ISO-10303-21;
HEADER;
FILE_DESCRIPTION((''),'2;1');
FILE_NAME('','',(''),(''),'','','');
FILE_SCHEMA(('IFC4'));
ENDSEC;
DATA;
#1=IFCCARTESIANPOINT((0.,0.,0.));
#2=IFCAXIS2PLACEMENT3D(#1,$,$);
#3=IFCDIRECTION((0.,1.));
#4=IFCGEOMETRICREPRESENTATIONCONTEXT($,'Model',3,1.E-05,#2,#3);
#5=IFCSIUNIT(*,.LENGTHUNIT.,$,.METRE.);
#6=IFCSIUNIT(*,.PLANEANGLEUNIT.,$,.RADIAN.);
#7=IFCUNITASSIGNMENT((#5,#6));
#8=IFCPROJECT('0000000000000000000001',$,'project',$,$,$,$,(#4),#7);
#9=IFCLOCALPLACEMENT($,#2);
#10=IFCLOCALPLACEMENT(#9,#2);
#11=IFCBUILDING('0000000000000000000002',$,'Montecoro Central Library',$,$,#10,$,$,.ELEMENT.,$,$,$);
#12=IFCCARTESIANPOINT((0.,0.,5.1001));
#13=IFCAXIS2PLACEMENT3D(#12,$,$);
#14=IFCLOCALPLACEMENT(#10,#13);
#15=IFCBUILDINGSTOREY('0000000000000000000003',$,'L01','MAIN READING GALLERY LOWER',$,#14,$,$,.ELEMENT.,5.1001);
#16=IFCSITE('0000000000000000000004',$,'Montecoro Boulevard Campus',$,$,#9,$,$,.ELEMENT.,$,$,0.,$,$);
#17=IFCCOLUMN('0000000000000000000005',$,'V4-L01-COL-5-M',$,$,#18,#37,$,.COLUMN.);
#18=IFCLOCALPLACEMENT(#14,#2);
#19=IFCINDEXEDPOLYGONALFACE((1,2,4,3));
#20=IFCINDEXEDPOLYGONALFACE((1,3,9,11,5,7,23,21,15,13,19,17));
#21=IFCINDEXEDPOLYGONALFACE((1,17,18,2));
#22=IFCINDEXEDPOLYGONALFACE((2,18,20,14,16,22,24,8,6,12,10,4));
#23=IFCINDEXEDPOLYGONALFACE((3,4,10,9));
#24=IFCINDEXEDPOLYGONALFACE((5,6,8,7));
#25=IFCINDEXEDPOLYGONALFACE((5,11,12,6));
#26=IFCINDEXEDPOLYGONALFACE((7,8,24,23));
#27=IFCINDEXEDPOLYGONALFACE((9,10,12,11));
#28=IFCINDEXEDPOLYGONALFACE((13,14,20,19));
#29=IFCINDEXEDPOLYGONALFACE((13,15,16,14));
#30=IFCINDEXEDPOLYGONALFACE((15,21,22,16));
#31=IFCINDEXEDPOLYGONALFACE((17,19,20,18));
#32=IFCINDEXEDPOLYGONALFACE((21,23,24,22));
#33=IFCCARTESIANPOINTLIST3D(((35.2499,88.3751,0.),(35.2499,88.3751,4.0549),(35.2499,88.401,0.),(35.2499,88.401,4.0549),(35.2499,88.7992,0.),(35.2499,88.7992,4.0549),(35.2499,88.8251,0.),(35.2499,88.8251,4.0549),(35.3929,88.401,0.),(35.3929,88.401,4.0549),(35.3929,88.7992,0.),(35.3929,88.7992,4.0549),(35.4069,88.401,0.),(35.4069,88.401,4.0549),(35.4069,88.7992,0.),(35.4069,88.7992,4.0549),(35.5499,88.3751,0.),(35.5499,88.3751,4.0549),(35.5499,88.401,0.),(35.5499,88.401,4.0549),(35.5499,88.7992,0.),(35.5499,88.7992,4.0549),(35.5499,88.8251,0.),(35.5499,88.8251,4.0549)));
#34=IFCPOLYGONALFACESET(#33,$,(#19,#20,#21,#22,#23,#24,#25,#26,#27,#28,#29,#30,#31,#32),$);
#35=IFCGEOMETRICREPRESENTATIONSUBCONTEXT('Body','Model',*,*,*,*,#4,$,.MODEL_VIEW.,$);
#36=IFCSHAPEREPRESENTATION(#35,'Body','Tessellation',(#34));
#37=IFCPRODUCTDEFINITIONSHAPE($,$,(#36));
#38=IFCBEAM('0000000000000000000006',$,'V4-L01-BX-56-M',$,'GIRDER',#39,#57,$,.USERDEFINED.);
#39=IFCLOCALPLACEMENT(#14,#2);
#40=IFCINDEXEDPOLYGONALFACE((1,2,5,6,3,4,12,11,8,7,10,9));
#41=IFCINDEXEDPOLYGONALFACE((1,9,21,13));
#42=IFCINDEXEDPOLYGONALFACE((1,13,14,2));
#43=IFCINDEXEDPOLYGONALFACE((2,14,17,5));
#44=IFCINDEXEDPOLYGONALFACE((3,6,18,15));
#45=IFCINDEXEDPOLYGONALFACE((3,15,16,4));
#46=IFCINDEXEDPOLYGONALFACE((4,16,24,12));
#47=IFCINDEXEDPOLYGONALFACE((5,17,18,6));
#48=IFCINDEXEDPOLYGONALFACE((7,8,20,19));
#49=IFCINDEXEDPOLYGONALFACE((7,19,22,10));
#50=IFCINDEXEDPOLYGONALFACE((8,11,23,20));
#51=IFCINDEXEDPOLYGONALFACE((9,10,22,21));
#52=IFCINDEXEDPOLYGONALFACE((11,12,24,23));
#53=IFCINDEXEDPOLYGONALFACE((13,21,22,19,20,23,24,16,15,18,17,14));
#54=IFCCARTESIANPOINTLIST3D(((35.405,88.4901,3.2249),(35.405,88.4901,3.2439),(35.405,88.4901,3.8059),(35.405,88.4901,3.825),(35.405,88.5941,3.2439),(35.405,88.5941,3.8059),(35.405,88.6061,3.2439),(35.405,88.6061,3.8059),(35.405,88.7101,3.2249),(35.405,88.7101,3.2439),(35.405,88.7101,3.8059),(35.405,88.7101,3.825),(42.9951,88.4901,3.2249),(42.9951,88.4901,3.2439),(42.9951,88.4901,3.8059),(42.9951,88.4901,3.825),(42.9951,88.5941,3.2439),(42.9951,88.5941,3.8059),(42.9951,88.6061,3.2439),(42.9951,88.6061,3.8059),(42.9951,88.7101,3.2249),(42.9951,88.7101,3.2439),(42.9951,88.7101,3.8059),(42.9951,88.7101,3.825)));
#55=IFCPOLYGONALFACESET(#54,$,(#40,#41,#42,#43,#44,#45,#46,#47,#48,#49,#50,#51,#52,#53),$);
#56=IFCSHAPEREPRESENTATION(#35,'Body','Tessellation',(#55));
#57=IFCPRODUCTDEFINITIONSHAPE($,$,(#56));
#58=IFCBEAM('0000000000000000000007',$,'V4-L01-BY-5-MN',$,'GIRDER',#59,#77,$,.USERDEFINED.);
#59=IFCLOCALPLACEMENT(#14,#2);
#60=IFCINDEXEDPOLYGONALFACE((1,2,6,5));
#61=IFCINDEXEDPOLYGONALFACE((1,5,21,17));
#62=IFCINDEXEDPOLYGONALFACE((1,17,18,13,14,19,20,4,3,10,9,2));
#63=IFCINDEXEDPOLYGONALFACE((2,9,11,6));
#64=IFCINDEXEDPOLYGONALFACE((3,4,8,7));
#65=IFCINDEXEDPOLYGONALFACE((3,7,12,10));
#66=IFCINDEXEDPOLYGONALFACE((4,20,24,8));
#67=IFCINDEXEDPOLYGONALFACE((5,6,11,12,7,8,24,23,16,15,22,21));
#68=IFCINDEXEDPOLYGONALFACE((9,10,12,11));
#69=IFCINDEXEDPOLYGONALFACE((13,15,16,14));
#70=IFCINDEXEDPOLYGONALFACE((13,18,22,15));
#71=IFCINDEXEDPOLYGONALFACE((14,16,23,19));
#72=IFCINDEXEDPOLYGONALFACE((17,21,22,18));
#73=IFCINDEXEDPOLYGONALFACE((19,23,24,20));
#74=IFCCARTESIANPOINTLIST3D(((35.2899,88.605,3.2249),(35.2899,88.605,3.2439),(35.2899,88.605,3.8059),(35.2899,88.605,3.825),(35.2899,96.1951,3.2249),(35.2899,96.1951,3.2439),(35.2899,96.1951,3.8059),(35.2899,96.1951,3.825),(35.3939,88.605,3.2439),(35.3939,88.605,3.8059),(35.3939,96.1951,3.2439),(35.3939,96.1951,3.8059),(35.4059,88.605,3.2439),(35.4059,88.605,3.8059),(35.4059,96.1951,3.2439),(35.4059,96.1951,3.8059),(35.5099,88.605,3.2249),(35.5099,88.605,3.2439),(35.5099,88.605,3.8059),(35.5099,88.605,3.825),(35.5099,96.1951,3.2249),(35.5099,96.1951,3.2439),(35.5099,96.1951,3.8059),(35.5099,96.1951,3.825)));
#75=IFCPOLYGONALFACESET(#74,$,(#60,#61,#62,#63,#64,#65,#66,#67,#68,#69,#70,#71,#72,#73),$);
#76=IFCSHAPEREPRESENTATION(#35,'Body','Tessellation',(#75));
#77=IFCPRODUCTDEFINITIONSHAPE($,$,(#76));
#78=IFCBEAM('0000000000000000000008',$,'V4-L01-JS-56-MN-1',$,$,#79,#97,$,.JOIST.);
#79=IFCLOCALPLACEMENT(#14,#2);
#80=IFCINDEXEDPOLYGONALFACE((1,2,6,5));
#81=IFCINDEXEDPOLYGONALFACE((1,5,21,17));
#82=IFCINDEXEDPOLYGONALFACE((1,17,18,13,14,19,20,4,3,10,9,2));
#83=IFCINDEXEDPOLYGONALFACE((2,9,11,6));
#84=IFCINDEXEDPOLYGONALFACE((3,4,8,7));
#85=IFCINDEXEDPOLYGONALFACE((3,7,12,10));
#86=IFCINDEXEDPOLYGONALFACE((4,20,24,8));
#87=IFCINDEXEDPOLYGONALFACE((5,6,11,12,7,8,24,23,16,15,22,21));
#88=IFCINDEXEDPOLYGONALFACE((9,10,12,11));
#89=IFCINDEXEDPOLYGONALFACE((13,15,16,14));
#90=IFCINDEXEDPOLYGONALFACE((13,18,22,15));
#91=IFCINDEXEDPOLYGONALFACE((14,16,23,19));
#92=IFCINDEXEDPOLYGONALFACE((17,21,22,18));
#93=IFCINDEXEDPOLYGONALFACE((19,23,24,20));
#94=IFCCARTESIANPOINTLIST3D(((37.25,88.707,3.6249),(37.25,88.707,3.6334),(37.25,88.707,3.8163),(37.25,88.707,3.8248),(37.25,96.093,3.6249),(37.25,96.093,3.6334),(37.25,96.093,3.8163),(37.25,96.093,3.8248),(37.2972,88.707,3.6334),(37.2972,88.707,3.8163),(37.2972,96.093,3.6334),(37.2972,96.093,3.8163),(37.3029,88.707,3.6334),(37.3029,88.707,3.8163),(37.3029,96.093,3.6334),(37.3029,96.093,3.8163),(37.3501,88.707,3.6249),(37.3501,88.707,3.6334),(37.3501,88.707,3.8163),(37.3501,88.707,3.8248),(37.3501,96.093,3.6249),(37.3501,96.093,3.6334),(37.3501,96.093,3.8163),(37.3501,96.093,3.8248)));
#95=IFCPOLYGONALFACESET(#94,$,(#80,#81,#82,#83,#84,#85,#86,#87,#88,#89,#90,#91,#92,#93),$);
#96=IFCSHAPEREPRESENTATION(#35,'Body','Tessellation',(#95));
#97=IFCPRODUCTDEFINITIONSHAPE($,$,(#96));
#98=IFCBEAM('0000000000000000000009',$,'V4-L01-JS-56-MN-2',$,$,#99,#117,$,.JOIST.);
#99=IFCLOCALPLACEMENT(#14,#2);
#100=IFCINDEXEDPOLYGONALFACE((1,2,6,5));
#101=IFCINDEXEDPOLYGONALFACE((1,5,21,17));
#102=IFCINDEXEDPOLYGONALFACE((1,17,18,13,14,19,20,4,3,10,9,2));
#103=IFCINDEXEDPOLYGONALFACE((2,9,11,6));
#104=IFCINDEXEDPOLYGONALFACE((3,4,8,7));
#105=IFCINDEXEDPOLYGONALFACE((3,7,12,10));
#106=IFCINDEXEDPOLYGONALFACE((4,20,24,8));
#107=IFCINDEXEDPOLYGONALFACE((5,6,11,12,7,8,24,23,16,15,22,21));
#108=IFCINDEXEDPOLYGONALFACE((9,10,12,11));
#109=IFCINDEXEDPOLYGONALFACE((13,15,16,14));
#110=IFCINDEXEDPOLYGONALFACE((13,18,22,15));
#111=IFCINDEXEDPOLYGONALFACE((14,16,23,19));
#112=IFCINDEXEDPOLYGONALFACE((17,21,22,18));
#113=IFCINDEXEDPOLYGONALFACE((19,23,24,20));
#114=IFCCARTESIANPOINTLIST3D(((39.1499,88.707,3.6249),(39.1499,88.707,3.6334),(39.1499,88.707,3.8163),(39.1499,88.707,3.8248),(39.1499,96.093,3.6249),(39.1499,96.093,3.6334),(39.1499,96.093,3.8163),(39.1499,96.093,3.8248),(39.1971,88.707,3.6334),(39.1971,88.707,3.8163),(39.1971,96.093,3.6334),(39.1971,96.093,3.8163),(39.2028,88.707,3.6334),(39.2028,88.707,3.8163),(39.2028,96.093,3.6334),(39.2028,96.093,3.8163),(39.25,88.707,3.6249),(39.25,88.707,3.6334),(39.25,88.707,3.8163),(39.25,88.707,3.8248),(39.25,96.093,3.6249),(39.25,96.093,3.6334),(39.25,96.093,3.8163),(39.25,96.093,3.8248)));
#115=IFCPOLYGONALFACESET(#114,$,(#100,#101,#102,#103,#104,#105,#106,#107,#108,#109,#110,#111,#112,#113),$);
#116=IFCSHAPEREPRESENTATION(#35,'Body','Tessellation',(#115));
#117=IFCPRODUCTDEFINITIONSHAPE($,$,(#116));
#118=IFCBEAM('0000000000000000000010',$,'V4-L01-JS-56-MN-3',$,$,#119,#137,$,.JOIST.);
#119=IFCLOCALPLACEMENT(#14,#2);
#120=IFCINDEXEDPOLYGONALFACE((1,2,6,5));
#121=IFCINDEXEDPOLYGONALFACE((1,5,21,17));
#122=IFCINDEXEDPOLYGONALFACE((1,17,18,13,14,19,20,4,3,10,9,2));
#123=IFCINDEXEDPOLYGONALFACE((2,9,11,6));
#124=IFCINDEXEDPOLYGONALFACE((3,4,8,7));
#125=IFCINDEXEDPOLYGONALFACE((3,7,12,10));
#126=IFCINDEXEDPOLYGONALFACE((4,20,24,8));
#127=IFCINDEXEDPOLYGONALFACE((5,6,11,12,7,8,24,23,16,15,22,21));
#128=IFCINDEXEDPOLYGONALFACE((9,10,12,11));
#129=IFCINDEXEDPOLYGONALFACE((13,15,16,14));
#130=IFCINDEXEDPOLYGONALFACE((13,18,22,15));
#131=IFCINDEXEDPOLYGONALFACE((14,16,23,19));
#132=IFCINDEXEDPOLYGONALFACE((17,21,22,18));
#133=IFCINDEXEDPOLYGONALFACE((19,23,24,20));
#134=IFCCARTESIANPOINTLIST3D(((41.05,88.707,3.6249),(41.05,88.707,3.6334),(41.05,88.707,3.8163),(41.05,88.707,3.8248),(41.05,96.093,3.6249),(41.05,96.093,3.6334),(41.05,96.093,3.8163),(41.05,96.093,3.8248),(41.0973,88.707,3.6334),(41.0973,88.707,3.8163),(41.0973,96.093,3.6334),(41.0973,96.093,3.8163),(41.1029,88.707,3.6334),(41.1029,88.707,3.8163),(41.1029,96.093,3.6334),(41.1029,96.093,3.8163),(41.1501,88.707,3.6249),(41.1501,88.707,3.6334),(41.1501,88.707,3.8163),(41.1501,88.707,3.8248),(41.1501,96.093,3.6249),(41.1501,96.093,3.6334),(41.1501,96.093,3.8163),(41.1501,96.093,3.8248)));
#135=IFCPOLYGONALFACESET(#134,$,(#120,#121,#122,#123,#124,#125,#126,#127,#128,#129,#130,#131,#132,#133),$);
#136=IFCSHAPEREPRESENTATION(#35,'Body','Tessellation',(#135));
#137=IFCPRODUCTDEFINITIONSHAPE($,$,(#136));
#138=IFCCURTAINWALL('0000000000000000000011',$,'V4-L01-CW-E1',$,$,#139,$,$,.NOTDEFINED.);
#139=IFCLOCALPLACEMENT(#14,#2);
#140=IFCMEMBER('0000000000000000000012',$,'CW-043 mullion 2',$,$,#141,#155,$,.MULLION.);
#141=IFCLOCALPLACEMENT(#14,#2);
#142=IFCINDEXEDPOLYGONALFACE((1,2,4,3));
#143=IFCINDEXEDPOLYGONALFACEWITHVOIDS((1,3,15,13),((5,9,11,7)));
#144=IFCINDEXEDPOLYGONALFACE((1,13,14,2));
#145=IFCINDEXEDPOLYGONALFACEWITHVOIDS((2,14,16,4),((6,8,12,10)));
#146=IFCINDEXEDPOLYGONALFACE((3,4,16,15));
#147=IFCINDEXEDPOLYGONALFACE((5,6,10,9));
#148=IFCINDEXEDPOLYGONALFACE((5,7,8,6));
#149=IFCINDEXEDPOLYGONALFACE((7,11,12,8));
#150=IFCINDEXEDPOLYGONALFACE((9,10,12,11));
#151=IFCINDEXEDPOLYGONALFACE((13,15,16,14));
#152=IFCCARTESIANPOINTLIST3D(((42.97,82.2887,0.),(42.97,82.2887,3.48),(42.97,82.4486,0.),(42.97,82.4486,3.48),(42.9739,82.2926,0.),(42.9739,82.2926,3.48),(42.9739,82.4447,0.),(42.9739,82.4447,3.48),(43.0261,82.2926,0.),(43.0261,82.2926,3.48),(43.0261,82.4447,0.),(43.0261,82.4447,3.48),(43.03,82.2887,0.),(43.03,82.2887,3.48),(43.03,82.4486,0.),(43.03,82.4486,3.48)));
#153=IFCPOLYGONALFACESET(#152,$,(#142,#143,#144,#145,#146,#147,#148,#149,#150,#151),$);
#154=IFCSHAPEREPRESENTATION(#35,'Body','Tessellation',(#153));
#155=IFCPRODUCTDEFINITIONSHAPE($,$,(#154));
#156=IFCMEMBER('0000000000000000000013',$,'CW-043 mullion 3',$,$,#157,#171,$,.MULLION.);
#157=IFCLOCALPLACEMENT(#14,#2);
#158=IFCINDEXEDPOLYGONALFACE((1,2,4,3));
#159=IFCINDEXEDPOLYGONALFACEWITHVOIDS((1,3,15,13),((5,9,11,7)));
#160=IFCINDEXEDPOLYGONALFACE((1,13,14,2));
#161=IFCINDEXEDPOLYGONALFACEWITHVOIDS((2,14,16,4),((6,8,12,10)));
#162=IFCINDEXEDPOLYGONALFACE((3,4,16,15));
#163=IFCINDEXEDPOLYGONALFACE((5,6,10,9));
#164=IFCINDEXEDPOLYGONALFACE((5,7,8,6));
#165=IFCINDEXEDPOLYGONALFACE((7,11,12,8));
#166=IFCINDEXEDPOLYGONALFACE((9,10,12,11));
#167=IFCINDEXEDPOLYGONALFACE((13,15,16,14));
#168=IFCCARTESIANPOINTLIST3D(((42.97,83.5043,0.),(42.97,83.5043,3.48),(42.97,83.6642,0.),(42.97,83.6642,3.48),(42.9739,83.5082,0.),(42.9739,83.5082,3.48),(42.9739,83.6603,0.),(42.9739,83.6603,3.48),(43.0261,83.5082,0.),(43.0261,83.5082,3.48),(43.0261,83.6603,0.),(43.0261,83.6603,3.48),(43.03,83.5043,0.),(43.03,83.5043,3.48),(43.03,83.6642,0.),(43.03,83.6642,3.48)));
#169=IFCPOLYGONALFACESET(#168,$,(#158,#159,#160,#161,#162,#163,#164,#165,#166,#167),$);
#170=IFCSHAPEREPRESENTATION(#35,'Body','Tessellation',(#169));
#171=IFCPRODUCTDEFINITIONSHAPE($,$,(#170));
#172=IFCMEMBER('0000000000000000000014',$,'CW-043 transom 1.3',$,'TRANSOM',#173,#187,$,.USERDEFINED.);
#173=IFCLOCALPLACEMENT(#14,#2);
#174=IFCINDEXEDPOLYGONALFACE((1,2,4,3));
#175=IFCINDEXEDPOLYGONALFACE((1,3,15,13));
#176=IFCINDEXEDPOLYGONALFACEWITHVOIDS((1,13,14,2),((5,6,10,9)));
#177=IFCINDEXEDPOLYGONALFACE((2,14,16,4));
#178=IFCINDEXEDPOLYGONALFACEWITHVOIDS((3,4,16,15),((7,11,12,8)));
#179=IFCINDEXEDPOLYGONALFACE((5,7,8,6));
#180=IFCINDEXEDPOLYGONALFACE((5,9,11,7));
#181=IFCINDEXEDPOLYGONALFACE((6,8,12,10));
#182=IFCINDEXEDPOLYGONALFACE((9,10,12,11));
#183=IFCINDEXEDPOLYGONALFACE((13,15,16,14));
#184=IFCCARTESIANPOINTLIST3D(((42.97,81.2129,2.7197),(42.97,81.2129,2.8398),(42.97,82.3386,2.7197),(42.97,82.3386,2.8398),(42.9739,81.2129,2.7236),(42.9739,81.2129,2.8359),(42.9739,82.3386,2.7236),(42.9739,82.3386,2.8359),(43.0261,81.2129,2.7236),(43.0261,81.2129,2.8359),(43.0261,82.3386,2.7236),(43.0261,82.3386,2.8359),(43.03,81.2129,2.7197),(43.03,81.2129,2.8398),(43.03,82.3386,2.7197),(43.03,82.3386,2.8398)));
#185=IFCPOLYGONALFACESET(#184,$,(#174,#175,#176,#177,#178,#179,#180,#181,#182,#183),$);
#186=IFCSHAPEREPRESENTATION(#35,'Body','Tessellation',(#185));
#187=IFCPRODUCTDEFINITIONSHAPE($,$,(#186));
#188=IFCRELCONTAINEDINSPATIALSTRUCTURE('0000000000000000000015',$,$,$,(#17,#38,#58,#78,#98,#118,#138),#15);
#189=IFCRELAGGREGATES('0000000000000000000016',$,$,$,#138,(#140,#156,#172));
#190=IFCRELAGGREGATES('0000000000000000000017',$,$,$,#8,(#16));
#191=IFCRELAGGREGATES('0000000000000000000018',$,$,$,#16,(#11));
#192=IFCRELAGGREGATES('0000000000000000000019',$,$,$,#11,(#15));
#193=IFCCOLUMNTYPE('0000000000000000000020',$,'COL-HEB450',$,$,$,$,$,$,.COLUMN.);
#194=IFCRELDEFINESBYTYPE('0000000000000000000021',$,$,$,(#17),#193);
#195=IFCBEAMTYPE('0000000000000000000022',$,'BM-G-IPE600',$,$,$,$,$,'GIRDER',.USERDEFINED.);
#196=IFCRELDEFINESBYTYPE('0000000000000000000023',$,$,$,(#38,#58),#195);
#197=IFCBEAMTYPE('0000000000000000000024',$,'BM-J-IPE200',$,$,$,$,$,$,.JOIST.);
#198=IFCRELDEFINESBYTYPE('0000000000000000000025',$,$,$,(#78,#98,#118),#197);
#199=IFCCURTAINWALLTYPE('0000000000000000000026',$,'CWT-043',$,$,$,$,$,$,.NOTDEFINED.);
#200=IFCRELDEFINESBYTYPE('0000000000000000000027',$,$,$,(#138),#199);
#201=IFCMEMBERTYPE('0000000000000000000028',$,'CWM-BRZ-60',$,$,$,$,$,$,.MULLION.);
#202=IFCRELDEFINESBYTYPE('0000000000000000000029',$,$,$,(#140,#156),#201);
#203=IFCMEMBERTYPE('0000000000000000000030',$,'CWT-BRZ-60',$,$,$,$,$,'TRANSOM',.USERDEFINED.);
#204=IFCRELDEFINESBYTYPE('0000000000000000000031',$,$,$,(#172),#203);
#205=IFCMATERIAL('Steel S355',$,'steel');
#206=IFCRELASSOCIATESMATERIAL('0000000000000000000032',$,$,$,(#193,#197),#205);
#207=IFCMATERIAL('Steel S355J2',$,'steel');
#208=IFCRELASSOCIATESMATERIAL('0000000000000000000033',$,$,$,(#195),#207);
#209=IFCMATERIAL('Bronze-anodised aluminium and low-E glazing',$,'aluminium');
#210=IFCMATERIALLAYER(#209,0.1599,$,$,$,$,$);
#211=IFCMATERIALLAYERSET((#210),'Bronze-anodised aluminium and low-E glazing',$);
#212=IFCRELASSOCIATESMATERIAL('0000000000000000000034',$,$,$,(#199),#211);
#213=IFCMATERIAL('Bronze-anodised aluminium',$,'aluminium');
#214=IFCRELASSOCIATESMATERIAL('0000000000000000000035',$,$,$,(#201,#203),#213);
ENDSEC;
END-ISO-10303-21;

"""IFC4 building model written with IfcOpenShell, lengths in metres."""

from ifc_helpers import new_model, si_unit, direction, frame, origin, origin_2d, place, context, subcontext, project, spatial, hollow_rectangle, i_section, extrude, material, layer, layer_set, material_profile, profile_set, type_object, element, aggregate, save


model = new_model("IFC4")

# Units and contexts
model_context = context("Model", 3, precision=1e-05, world=origin(), true_north=direction((0.0, 1.0)))
body_context = subcontext(model_context, "Body", "Model", "MODEL_VIEW")
ifc_project = project(units=[si_unit("LENGTHUNIT", "METRE"), si_unit("PLANEANGLEUNIT", "RADIAN")], contexts=[model_context])

# Site, building, storey
site_placement = place(None, origin())
site = spatial("IfcSite", under=ifc_project, at=site_placement, Name="Montecoro Boulevard Campus", CompositionType="ELEMENT", RefElevation=0.0)
building_placement = place(site_placement, origin())
building = spatial("IfcBuilding", under=site, at=building_placement, Name="Montecoro Central Library", CompositionType="ELEMENT")
storey_placement = place(building_placement, frame((0.0, 0.0, 5.1001)))
storey = spatial("IfcBuildingStorey", under=building, at=storey_placement, Name="L01", Description="MAIN READING GALLERY LOWER", CompositionType="ELEMENT", Elevation=5.1001)

# Column
ifc_material_1 = material(Name="Steel S355", Category="steel")
ifc_material_profile_1 = material_profile(ifc_material_1, i_section(OverallWidth=0.3, OverallDepth=0.45, WebThickness=0.0139, FlangeThickness=0.0259, at=origin_2d()), Name="HEB 450")
ifc_profile_set_1 = profile_set([ifc_material_profile_1], Name="Steel S355")
column_type = type_object("IfcColumnType", Name="COL-HEB450", PredefinedType="COLUMN", material=ifc_profile_set_1)
column_placement = place(storey_placement, frame((35.3999, 88.6001, 0.0), z_axis=(0.0, 0.0, 1.0), x_axis=(1.0, 0.0, 0.0)))
element("IfcColumn", 1, at=column_placement, inside=storey, type_object=column_type, Name="V4-L01-COL-5-M", PredefinedType="COLUMN", context=body_context, shape_type="SweptSolid", body=[
    extrude(i_section(OverallWidth=0.3, OverallDepth=0.45, WebThickness=0.0139, FlangeThickness=0.0259, at=origin_2d()), origin(), (0.0, 0.0, 1.0), 4.0549),
])

# Beams
ifc_material_2 = material(Name="Steel S355J2", Category="steel")
ifc_material_profile_2 = material_profile(ifc_material_2, i_section(OverallWidth=0.22, OverallDepth=0.6001, WebThickness=0.012, FlangeThickness=0.019, at=origin_2d()), Name="IPE 600")
ifc_profile_set_2 = profile_set([ifc_material_profile_2], Name="Steel S355J2")
beam_type_1 = type_object("IfcBeamType", Name="BM-G-IPE600", ElementType="GIRDER", PredefinedType="USERDEFINED", material=ifc_profile_set_2)
for number, where, z_axis, x_axis, name in (
    (2, (35.405, 88.6001, 3.5249), (1.0, 0.0, 0.0), (0.0, 1.0, 0.0), "V4-L01-BX-56-M"),
    (3, (35.3999, 88.605, 3.5249), (0.0, 1.0, 0.0), (-1.0, 0.0, 0.0), "V4-L01-BY-5-MN"),
):
    element("IfcBeam", number, at=place(storey_placement, frame(where, z_axis=z_axis, x_axis=x_axis)), inside=storey, type_object=beam_type_1, Name=name, ObjectType="GIRDER", PredefinedType="USERDEFINED", context=body_context, shape_type="SweptSolid", body=[
        extrude(i_section(OverallWidth=0.22, OverallDepth=0.6001, WebThickness=0.012, FlangeThickness=0.019, at=origin_2d()), origin(), (0.0, 0.0, 1.0), 7.5901),
    ])
ifc_material_profile_3 = material_profile(ifc_material_1, i_section(OverallWidth=0.1001, OverallDepth=0.2, WebThickness=0.0056, FlangeThickness=0.0085, at=origin_2d()), Name="IPE 200")
ifc_profile_set_3 = profile_set([ifc_material_profile_3], Name="Steel S355")
beam_type_2 = type_object("IfcBeamType", Name="BM-J-IPE200", PredefinedType="JOIST", material=ifc_profile_set_3)
for number, where, z_axis, x_axis, name in (
    (4, (37.3, 88.707, 3.7249), (0.0, 1.0, 0.0), (-1.0, 0.0, 0.0), "V4-L01-JS-56-MN-1"),
    (5, (39.2, 88.707, 3.7249), (0.0, 1.0, 0.0), (-1.0, 0.0, 0.0), "V4-L01-JS-56-MN-2"),
    (6, (41.1001, 88.707, 3.7249), (0.0, 1.0, 0.0), (-1.0, 0.0, 0.0), "V4-L01-JS-56-MN-3"),
):
    element("IfcBeam", number, at=place(storey_placement, frame(where, z_axis=z_axis, x_axis=x_axis)), inside=storey, type_object=beam_type_2, Name=name, PredefinedType="JOIST", context=body_context, shape_type="SweptSolid", body=[
        extrude(i_section(OverallWidth=0.1001, OverallDepth=0.2, WebThickness=0.0056, FlangeThickness=0.0085, at=origin_2d()), origin(), (0.0, 0.0, 1.0), 7.386),
    ])

# Curtain wall, members
ifc_material_3 = material(Name="Bronze-anodised aluminium and low-E glazing", Category="aluminium")
ifc_layer_1 = layer(ifc_material_3, 0.1599)
ifc_layer_set_1 = layer_set([ifc_layer_1], Name="Bronze-anodised aluminium and low-E glazing")
curtain_wall_type = type_object("IfcCurtainWallType", Name="CWT-043", PredefinedType="NOTDEFINED", material=ifc_layer_set_1)
curtain_wall_placement = place(storey_placement, origin())
curtain_wall = element("IfcCurtainWall", 7, at=curtain_wall_placement, inside=storey, type_object=curtain_wall_type, Name="V4-L01-CW-E1", PredefinedType="NOTDEFINED")
ifc_material_4 = material(Name="Bronze-anodised aluminium", Category="aluminium")
ifc_material_profile_4 = material_profile(ifc_material_4, hollow_rectangle(XDim=0.0601, YDim=0.1599, WallThickness=0.0039, at=origin_2d()), Name="CWM 160x60x4.0")
ifc_profile_set_4 = profile_set([ifc_material_profile_4], Name="Bronze-anodised aluminium")
member_type_1 = type_object("IfcMemberType", Name="CWM-BRZ-60", PredefinedType="MULLION", material=ifc_profile_set_4)
member_1_placement = place(storey_placement, frame((43.0, 82.3687, 0.0), z_axis=(0.0, 0.0, 1.0), x_axis=(-1.0, 0.0, 0.0)))
member_1 = element("IfcMember", 8, at=member_1_placement, type_object=member_type_1, Name="CW-043 mullion 2", PredefinedType="MULLION", context=body_context, shape_type="SweptSolid", body=[
    extrude(hollow_rectangle(XDim=0.0601, YDim=0.1599, WallThickness=0.0039, at=origin_2d()), origin(), (0.0, 0.0, 1.0), 3.48),
])
member_2_placement = place(storey_placement, frame((43.0, 83.5842, 0.0), z_axis=(0.0, 0.0, 1.0), x_axis=(-1.0, 0.0, 0.0)))
member_2 = element("IfcMember", 9, at=member_2_placement, type_object=member_type_1, Name="CW-043 mullion 3", PredefinedType="MULLION", context=body_context, shape_type="SweptSolid", body=[
    extrude(hollow_rectangle(XDim=0.0601, YDim=0.1599, WallThickness=0.0039, at=origin_2d()), origin(), (0.0, 0.0, 1.0), 3.48),
])
ifc_material_profile_5 = material_profile(ifc_material_4, hollow_rectangle(XDim=0.0601, YDim=0.1201, WallThickness=0.0039, at=origin_2d()), Name="CWT 120x60x4.0")
ifc_profile_set_5 = profile_set([ifc_material_profile_5], Name="Bronze-anodised aluminium")
member_type_2 = type_object("IfcMemberType", Name="CWT-BRZ-60", ElementType="TRANSOM", PredefinedType="USERDEFINED", material=ifc_profile_set_5)
member_3_placement = place(storey_placement, frame((43.0, 81.2129, 2.7798), z_axis=(0.0, 1.0, 0.0), x_axis=(-1.0, 0.0, 0.0)))
member_3 = element("IfcMember", 10, at=member_3_placement, type_object=member_type_2, Name="CW-043 transom 1.3", ObjectType="TRANSOM", PredefinedType="USERDEFINED", context=body_context, shape_type="SweptSolid", body=[
    extrude(hollow_rectangle(XDim=0.0601, YDim=0.1201, WallThickness=0.0039, at=origin_2d()), origin(), (0.0, 0.0, 1.0), 1.1257),
])
aggregate(curtain_wall, [member_1, member_2, member_3])

save(model, "model.ifc")
